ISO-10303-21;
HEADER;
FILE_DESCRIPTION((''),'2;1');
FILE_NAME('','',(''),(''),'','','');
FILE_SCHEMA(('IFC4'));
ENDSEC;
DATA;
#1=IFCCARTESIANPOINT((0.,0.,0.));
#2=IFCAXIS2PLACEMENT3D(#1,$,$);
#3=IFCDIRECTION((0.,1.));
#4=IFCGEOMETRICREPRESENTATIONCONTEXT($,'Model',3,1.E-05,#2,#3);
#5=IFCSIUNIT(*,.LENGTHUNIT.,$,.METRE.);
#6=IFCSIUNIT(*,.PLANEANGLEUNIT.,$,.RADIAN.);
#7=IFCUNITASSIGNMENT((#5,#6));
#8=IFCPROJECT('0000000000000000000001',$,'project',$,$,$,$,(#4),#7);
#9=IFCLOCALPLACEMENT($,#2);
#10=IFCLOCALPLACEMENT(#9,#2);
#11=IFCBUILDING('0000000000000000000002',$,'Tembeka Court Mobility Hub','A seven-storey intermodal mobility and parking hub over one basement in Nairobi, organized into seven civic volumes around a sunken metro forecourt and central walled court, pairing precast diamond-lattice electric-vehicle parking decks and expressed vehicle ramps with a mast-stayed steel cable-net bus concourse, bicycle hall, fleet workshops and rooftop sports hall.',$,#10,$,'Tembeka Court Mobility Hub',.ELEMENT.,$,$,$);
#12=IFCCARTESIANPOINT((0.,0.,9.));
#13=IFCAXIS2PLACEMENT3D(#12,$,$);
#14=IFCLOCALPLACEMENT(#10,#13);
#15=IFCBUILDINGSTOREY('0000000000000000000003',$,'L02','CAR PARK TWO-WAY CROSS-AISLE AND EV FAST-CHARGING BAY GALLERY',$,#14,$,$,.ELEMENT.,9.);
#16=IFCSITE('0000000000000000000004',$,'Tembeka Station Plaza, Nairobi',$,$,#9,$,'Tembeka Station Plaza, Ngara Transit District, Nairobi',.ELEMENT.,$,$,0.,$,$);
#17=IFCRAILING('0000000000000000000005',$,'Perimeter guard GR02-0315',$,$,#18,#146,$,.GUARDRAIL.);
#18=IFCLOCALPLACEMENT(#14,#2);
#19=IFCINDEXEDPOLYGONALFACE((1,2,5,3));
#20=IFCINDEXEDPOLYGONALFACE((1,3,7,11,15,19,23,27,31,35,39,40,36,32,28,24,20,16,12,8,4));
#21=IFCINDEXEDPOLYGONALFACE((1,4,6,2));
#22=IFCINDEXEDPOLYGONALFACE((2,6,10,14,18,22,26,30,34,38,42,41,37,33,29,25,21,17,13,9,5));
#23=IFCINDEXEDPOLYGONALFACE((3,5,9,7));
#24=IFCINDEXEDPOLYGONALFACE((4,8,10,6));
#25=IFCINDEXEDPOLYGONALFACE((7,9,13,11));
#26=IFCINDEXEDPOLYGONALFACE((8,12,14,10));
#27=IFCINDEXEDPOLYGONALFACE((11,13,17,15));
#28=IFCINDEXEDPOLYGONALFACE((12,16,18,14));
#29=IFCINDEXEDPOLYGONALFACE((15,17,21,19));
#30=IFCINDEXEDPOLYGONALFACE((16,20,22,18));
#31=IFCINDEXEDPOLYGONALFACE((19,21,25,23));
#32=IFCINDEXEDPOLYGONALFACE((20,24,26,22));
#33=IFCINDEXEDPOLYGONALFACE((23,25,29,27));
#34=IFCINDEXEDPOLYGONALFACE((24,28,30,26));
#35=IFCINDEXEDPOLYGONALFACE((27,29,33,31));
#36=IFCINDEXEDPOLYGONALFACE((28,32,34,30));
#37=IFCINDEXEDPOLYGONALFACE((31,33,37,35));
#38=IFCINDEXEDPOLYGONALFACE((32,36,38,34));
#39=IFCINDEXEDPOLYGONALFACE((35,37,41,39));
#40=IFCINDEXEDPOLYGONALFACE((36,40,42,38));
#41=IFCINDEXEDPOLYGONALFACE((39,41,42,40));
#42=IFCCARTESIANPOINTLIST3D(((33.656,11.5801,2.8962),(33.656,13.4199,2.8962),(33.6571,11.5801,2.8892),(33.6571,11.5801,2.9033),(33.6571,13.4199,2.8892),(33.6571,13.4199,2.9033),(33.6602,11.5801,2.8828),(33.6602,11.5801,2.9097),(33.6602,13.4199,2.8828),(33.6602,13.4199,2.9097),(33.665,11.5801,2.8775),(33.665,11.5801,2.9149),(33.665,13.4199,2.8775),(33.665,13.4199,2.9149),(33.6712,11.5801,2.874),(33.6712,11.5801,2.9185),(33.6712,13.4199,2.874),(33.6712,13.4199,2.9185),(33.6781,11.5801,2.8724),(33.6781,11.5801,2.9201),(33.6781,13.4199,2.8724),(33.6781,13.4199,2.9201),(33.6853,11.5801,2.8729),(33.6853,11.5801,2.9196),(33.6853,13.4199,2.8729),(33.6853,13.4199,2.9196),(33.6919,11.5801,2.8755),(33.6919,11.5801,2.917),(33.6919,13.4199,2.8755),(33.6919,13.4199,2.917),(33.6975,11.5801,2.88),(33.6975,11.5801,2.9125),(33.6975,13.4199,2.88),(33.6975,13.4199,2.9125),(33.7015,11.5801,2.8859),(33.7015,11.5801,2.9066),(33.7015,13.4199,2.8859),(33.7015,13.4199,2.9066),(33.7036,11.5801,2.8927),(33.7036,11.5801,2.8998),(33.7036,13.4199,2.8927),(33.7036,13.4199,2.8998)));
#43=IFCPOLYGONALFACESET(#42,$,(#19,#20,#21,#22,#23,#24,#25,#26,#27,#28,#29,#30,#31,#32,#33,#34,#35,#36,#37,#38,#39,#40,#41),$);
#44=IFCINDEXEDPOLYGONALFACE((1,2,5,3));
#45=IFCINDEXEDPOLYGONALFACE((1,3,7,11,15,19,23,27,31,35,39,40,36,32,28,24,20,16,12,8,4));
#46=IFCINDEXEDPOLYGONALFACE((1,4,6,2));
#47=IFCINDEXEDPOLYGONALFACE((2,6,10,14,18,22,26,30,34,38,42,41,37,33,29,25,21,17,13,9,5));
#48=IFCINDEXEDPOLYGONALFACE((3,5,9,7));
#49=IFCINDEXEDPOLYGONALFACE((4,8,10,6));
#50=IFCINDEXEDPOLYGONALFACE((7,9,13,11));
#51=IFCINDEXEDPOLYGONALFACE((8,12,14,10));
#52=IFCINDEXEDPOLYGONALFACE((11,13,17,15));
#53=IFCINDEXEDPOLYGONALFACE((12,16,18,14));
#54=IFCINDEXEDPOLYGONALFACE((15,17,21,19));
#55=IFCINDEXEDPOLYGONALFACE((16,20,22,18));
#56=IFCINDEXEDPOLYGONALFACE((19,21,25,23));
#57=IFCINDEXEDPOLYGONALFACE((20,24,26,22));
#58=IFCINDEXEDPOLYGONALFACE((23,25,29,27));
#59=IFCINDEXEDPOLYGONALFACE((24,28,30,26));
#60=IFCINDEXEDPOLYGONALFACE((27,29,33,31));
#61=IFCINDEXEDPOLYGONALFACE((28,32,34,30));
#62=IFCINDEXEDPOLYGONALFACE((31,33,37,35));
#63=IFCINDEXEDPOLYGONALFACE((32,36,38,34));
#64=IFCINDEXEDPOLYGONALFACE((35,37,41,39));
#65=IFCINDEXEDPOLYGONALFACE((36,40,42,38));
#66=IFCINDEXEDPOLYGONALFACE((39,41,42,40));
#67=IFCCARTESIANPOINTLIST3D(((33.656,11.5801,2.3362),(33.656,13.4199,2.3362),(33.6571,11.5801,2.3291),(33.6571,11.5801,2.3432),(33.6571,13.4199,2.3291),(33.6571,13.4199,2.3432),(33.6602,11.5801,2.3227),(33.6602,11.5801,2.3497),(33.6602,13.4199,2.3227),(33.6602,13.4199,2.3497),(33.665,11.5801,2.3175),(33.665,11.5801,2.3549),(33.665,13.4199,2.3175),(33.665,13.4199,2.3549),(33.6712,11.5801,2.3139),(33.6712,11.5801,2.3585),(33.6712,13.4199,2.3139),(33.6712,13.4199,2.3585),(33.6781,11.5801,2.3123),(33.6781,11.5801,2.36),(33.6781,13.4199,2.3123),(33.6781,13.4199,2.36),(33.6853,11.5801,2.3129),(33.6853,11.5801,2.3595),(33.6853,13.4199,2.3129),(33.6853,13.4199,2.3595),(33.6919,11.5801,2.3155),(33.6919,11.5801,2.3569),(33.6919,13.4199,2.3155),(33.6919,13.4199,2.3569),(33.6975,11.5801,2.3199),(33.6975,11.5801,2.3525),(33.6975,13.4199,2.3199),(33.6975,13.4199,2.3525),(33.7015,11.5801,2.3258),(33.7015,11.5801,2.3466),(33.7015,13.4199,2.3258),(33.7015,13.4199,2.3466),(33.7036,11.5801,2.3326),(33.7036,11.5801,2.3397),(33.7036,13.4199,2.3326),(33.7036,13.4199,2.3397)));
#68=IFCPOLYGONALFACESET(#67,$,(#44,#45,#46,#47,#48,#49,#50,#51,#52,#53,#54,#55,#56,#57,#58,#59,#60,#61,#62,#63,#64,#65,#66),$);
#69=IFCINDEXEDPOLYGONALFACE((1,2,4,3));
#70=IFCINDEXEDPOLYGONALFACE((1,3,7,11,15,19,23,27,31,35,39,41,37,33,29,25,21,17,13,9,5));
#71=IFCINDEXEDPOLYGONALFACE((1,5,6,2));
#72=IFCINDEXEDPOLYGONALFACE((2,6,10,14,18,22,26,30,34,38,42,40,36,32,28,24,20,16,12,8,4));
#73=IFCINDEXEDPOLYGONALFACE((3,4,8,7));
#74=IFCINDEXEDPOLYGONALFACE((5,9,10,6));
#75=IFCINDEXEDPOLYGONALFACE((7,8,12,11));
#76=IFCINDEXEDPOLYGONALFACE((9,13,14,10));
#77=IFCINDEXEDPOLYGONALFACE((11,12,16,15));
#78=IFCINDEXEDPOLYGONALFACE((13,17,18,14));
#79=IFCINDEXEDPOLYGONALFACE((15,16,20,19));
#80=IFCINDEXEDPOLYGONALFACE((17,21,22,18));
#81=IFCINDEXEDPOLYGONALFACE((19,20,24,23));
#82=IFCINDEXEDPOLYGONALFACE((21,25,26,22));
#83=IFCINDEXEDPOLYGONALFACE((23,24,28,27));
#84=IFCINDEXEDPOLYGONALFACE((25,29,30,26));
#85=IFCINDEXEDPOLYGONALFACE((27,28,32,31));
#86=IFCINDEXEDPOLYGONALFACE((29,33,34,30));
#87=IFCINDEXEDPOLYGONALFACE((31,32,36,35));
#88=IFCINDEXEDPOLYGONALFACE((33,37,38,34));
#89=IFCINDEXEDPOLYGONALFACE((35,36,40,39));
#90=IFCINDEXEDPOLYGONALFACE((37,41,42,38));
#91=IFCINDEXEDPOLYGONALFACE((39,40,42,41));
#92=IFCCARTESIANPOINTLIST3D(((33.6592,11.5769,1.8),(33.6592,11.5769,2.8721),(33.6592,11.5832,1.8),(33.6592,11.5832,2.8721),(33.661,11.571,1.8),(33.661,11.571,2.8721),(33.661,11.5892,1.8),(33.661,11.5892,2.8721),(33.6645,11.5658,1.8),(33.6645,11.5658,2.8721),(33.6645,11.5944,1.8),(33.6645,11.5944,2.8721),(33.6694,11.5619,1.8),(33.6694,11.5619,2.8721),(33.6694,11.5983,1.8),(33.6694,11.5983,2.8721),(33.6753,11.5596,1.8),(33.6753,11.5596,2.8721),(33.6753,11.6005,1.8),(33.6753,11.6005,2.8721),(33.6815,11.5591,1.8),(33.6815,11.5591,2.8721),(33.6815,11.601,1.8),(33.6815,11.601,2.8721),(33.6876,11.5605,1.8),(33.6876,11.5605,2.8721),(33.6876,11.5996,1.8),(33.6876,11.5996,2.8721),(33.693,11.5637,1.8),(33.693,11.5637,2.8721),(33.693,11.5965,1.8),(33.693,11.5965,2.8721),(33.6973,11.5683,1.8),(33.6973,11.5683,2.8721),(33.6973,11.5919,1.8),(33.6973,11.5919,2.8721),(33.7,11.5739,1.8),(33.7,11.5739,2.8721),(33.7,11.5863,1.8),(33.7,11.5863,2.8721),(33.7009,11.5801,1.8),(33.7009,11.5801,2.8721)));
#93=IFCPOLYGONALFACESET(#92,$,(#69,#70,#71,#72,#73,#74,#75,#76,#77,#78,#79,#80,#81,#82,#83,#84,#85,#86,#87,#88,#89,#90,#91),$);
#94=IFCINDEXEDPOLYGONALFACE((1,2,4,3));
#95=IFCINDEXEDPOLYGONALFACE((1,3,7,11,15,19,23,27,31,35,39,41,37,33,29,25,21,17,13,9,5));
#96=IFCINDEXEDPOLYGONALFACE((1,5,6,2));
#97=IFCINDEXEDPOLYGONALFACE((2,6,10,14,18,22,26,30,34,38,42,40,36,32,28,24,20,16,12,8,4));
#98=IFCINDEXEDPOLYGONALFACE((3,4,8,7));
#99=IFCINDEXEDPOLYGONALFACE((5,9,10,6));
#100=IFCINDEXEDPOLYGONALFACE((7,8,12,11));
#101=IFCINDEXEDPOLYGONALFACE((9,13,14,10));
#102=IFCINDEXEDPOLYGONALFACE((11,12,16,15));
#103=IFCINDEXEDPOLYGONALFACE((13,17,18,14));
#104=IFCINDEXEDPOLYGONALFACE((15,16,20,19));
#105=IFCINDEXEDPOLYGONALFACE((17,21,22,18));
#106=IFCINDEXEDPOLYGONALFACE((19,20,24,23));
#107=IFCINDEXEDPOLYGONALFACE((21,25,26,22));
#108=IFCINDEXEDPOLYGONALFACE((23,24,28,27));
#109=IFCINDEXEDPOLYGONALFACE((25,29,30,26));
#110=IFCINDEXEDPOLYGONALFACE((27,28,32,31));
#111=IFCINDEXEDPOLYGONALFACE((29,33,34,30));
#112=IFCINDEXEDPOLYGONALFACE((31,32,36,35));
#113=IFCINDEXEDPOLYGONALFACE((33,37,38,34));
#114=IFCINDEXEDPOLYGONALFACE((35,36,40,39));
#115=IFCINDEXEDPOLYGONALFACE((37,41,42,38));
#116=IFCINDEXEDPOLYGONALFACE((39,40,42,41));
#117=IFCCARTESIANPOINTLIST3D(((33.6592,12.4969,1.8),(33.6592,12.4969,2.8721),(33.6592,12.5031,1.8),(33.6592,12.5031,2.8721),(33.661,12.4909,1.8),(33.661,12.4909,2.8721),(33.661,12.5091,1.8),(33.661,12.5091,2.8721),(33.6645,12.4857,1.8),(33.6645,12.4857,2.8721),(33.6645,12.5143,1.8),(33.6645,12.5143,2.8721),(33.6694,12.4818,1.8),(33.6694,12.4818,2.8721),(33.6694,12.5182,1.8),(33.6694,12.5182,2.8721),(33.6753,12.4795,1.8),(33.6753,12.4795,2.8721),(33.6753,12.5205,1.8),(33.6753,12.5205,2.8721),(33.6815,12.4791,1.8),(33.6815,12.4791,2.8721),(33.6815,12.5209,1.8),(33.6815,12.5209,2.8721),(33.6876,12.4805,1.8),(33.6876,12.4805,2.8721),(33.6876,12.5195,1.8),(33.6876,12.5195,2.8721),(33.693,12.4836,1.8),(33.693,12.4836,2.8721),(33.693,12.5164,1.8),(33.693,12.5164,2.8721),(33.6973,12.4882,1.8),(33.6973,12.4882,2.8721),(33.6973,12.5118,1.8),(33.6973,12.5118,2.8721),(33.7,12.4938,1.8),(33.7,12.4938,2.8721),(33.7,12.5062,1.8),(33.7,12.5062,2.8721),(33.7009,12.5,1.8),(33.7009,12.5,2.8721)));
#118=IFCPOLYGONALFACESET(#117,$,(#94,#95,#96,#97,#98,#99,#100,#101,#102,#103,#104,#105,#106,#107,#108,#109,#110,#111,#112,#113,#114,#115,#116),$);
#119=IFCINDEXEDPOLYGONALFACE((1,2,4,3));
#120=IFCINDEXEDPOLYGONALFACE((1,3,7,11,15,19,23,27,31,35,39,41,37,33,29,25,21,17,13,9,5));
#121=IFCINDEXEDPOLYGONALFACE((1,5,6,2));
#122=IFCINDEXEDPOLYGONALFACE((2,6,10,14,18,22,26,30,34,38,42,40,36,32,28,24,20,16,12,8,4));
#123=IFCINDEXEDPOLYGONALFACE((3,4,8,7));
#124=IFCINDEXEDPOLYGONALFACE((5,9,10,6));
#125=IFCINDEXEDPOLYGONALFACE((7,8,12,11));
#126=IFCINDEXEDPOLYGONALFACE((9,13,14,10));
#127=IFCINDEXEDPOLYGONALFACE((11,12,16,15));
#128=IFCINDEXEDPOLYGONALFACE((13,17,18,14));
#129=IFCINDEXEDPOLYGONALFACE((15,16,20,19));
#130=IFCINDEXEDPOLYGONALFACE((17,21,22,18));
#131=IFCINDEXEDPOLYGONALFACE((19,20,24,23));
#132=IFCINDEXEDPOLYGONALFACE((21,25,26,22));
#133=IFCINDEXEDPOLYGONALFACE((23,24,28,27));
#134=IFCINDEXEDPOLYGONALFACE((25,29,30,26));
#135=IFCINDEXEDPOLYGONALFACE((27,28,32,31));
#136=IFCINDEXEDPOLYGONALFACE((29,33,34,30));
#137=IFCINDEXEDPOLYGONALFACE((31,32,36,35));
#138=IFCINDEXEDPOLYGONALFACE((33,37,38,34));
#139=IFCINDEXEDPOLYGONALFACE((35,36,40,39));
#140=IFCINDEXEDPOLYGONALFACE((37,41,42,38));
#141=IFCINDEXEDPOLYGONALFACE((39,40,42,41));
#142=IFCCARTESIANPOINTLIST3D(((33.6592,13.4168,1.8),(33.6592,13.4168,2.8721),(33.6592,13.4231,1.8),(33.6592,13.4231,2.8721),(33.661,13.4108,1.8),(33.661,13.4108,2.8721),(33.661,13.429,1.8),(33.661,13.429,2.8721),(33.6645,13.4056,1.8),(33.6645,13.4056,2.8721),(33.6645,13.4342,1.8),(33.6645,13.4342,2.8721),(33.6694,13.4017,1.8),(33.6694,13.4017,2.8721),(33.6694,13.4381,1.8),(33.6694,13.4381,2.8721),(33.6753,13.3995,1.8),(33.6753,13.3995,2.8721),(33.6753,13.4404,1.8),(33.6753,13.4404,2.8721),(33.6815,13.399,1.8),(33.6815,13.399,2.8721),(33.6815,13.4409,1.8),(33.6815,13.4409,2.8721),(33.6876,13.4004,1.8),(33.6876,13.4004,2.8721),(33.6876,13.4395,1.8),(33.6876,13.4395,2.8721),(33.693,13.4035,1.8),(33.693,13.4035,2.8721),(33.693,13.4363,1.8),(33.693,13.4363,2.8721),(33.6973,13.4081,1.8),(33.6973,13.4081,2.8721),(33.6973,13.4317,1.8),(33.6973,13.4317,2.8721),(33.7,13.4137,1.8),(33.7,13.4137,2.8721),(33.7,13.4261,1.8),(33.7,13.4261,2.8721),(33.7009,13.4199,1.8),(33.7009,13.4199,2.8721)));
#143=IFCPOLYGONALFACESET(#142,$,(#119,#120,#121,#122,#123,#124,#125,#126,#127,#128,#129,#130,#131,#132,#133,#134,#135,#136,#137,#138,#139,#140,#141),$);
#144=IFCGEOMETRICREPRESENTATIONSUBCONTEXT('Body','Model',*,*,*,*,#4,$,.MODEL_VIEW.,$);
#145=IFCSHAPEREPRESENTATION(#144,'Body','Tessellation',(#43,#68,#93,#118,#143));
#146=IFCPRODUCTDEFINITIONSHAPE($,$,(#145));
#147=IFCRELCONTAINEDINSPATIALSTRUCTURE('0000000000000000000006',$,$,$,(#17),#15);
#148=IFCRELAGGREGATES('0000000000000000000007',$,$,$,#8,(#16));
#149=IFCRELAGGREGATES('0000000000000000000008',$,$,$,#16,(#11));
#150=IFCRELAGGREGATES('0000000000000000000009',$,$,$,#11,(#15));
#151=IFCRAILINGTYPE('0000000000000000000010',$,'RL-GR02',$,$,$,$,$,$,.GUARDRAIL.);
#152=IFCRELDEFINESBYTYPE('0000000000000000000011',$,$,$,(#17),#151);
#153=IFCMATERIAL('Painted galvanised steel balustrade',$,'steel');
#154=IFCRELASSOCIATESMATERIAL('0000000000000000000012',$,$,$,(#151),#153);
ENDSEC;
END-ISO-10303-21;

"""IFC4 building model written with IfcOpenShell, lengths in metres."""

from ifc_helpers import new_model, si_unit, direction, frame, origin, origin_2d, place, context, subcontext, project, spatial, circle, extrude, material, type_object, element, save


model = new_model("IFC4")

# Units and contexts
model_context = context("Model", 3, precision=1e-05, world=origin(), true_north=direction((0.0, 1.0)))
body_context = subcontext(model_context, "Body", "Model", "MODEL_VIEW")
ifc_project = project(units=[si_unit("LENGTHUNIT", "METRE"), si_unit("PLANEANGLEUNIT", "RADIAN")], contexts=[model_context])

# Site, building, storey
site_placement = place(None, origin())
site = spatial("IfcSite", under=ifc_project, at=site_placement, Name="Tembeka Station Plaza, Nairobi", LongName="Tembeka Station Plaza, Ngara Transit District, Nairobi", CompositionType="ELEMENT", RefElevation=0.0)
building_placement = place(site_placement, origin())
building = spatial("IfcBuilding", under=site, at=building_placement, Name="Tembeka Court Mobility Hub", Description="A seven-storey intermodal mobility and parking hub over one basement in Nairobi, organized into seven civic volumes around a sunken metro forecourt and central walled court, pairing precast diamond-lattice electric-vehicle parking decks and expressed vehicle ramps with a mast-stayed steel cable-net bus concourse, bicycle hall, fleet workshops and rooftop sports hall.", LongName="Tembeka Court Mobility Hub", CompositionType="ELEMENT")
storey_placement = place(building_placement, frame((0.0, 0.0, 9.0)))
storey = spatial("IfcBuildingStorey", under=building, at=storey_placement, Name="L02", Description="CAR PARK TWO-WAY CROSS-AISLE AND EV FAST-CHARGING BAY GALLERY", CompositionType="ELEMENT", Elevation=9.0)

# Railing
ifc_material_1 = material(Name="Painted galvanised steel balustrade", Category="steel")
railing_type = type_object("IfcRailingType", Name="RL-GR02", PredefinedType="GUARDRAIL", material=ifc_material_1)
railing_1_placement = place(storey_placement, frame((33.6799, 11.5801, 1.8)))
element("IfcRailing", 1, at=railing_1_placement, inside=storey, type_object=railing_type, Name="Perimeter guard GR02-0315", PredefinedType="GUARDRAIL", context=body_context, shape_type="SweptSolid", body=[
    extrude(circle(Radius=0.0239, at=origin_2d()), frame((0.0, 0.0, 1.0962), z_axis=(0.0, 1.0, 0.0), x_axis=(-1.0, 0.0, 0.0)), (0.0, 0.0, 1.0), 1.8398),
    extrude(circle(Radius=0.0239, at=origin_2d()), frame((0.0, 0.0, 0.5361), z_axis=(0.0, 1.0, 0.0), x_axis=(-1.0, 0.0, 0.0)), (0.0, 0.0, 1.0), 1.8398),
    extrude(circle(Radius=0.021, at=origin_2d()), origin(), (0.0, 0.0, 1.0), 1.072),
    extrude(circle(Radius=0.021, at=origin_2d()), frame((0.0, 0.9199, 0.0)), (0.0, 0.0, 1.0), 1.072),
    extrude(circle(Radius=0.021, at=origin_2d()), frame((0.0, 1.8398, 0.0)), (0.0, 0.0, 1.0), 1.072),
])

save(model, "model.ifc")
